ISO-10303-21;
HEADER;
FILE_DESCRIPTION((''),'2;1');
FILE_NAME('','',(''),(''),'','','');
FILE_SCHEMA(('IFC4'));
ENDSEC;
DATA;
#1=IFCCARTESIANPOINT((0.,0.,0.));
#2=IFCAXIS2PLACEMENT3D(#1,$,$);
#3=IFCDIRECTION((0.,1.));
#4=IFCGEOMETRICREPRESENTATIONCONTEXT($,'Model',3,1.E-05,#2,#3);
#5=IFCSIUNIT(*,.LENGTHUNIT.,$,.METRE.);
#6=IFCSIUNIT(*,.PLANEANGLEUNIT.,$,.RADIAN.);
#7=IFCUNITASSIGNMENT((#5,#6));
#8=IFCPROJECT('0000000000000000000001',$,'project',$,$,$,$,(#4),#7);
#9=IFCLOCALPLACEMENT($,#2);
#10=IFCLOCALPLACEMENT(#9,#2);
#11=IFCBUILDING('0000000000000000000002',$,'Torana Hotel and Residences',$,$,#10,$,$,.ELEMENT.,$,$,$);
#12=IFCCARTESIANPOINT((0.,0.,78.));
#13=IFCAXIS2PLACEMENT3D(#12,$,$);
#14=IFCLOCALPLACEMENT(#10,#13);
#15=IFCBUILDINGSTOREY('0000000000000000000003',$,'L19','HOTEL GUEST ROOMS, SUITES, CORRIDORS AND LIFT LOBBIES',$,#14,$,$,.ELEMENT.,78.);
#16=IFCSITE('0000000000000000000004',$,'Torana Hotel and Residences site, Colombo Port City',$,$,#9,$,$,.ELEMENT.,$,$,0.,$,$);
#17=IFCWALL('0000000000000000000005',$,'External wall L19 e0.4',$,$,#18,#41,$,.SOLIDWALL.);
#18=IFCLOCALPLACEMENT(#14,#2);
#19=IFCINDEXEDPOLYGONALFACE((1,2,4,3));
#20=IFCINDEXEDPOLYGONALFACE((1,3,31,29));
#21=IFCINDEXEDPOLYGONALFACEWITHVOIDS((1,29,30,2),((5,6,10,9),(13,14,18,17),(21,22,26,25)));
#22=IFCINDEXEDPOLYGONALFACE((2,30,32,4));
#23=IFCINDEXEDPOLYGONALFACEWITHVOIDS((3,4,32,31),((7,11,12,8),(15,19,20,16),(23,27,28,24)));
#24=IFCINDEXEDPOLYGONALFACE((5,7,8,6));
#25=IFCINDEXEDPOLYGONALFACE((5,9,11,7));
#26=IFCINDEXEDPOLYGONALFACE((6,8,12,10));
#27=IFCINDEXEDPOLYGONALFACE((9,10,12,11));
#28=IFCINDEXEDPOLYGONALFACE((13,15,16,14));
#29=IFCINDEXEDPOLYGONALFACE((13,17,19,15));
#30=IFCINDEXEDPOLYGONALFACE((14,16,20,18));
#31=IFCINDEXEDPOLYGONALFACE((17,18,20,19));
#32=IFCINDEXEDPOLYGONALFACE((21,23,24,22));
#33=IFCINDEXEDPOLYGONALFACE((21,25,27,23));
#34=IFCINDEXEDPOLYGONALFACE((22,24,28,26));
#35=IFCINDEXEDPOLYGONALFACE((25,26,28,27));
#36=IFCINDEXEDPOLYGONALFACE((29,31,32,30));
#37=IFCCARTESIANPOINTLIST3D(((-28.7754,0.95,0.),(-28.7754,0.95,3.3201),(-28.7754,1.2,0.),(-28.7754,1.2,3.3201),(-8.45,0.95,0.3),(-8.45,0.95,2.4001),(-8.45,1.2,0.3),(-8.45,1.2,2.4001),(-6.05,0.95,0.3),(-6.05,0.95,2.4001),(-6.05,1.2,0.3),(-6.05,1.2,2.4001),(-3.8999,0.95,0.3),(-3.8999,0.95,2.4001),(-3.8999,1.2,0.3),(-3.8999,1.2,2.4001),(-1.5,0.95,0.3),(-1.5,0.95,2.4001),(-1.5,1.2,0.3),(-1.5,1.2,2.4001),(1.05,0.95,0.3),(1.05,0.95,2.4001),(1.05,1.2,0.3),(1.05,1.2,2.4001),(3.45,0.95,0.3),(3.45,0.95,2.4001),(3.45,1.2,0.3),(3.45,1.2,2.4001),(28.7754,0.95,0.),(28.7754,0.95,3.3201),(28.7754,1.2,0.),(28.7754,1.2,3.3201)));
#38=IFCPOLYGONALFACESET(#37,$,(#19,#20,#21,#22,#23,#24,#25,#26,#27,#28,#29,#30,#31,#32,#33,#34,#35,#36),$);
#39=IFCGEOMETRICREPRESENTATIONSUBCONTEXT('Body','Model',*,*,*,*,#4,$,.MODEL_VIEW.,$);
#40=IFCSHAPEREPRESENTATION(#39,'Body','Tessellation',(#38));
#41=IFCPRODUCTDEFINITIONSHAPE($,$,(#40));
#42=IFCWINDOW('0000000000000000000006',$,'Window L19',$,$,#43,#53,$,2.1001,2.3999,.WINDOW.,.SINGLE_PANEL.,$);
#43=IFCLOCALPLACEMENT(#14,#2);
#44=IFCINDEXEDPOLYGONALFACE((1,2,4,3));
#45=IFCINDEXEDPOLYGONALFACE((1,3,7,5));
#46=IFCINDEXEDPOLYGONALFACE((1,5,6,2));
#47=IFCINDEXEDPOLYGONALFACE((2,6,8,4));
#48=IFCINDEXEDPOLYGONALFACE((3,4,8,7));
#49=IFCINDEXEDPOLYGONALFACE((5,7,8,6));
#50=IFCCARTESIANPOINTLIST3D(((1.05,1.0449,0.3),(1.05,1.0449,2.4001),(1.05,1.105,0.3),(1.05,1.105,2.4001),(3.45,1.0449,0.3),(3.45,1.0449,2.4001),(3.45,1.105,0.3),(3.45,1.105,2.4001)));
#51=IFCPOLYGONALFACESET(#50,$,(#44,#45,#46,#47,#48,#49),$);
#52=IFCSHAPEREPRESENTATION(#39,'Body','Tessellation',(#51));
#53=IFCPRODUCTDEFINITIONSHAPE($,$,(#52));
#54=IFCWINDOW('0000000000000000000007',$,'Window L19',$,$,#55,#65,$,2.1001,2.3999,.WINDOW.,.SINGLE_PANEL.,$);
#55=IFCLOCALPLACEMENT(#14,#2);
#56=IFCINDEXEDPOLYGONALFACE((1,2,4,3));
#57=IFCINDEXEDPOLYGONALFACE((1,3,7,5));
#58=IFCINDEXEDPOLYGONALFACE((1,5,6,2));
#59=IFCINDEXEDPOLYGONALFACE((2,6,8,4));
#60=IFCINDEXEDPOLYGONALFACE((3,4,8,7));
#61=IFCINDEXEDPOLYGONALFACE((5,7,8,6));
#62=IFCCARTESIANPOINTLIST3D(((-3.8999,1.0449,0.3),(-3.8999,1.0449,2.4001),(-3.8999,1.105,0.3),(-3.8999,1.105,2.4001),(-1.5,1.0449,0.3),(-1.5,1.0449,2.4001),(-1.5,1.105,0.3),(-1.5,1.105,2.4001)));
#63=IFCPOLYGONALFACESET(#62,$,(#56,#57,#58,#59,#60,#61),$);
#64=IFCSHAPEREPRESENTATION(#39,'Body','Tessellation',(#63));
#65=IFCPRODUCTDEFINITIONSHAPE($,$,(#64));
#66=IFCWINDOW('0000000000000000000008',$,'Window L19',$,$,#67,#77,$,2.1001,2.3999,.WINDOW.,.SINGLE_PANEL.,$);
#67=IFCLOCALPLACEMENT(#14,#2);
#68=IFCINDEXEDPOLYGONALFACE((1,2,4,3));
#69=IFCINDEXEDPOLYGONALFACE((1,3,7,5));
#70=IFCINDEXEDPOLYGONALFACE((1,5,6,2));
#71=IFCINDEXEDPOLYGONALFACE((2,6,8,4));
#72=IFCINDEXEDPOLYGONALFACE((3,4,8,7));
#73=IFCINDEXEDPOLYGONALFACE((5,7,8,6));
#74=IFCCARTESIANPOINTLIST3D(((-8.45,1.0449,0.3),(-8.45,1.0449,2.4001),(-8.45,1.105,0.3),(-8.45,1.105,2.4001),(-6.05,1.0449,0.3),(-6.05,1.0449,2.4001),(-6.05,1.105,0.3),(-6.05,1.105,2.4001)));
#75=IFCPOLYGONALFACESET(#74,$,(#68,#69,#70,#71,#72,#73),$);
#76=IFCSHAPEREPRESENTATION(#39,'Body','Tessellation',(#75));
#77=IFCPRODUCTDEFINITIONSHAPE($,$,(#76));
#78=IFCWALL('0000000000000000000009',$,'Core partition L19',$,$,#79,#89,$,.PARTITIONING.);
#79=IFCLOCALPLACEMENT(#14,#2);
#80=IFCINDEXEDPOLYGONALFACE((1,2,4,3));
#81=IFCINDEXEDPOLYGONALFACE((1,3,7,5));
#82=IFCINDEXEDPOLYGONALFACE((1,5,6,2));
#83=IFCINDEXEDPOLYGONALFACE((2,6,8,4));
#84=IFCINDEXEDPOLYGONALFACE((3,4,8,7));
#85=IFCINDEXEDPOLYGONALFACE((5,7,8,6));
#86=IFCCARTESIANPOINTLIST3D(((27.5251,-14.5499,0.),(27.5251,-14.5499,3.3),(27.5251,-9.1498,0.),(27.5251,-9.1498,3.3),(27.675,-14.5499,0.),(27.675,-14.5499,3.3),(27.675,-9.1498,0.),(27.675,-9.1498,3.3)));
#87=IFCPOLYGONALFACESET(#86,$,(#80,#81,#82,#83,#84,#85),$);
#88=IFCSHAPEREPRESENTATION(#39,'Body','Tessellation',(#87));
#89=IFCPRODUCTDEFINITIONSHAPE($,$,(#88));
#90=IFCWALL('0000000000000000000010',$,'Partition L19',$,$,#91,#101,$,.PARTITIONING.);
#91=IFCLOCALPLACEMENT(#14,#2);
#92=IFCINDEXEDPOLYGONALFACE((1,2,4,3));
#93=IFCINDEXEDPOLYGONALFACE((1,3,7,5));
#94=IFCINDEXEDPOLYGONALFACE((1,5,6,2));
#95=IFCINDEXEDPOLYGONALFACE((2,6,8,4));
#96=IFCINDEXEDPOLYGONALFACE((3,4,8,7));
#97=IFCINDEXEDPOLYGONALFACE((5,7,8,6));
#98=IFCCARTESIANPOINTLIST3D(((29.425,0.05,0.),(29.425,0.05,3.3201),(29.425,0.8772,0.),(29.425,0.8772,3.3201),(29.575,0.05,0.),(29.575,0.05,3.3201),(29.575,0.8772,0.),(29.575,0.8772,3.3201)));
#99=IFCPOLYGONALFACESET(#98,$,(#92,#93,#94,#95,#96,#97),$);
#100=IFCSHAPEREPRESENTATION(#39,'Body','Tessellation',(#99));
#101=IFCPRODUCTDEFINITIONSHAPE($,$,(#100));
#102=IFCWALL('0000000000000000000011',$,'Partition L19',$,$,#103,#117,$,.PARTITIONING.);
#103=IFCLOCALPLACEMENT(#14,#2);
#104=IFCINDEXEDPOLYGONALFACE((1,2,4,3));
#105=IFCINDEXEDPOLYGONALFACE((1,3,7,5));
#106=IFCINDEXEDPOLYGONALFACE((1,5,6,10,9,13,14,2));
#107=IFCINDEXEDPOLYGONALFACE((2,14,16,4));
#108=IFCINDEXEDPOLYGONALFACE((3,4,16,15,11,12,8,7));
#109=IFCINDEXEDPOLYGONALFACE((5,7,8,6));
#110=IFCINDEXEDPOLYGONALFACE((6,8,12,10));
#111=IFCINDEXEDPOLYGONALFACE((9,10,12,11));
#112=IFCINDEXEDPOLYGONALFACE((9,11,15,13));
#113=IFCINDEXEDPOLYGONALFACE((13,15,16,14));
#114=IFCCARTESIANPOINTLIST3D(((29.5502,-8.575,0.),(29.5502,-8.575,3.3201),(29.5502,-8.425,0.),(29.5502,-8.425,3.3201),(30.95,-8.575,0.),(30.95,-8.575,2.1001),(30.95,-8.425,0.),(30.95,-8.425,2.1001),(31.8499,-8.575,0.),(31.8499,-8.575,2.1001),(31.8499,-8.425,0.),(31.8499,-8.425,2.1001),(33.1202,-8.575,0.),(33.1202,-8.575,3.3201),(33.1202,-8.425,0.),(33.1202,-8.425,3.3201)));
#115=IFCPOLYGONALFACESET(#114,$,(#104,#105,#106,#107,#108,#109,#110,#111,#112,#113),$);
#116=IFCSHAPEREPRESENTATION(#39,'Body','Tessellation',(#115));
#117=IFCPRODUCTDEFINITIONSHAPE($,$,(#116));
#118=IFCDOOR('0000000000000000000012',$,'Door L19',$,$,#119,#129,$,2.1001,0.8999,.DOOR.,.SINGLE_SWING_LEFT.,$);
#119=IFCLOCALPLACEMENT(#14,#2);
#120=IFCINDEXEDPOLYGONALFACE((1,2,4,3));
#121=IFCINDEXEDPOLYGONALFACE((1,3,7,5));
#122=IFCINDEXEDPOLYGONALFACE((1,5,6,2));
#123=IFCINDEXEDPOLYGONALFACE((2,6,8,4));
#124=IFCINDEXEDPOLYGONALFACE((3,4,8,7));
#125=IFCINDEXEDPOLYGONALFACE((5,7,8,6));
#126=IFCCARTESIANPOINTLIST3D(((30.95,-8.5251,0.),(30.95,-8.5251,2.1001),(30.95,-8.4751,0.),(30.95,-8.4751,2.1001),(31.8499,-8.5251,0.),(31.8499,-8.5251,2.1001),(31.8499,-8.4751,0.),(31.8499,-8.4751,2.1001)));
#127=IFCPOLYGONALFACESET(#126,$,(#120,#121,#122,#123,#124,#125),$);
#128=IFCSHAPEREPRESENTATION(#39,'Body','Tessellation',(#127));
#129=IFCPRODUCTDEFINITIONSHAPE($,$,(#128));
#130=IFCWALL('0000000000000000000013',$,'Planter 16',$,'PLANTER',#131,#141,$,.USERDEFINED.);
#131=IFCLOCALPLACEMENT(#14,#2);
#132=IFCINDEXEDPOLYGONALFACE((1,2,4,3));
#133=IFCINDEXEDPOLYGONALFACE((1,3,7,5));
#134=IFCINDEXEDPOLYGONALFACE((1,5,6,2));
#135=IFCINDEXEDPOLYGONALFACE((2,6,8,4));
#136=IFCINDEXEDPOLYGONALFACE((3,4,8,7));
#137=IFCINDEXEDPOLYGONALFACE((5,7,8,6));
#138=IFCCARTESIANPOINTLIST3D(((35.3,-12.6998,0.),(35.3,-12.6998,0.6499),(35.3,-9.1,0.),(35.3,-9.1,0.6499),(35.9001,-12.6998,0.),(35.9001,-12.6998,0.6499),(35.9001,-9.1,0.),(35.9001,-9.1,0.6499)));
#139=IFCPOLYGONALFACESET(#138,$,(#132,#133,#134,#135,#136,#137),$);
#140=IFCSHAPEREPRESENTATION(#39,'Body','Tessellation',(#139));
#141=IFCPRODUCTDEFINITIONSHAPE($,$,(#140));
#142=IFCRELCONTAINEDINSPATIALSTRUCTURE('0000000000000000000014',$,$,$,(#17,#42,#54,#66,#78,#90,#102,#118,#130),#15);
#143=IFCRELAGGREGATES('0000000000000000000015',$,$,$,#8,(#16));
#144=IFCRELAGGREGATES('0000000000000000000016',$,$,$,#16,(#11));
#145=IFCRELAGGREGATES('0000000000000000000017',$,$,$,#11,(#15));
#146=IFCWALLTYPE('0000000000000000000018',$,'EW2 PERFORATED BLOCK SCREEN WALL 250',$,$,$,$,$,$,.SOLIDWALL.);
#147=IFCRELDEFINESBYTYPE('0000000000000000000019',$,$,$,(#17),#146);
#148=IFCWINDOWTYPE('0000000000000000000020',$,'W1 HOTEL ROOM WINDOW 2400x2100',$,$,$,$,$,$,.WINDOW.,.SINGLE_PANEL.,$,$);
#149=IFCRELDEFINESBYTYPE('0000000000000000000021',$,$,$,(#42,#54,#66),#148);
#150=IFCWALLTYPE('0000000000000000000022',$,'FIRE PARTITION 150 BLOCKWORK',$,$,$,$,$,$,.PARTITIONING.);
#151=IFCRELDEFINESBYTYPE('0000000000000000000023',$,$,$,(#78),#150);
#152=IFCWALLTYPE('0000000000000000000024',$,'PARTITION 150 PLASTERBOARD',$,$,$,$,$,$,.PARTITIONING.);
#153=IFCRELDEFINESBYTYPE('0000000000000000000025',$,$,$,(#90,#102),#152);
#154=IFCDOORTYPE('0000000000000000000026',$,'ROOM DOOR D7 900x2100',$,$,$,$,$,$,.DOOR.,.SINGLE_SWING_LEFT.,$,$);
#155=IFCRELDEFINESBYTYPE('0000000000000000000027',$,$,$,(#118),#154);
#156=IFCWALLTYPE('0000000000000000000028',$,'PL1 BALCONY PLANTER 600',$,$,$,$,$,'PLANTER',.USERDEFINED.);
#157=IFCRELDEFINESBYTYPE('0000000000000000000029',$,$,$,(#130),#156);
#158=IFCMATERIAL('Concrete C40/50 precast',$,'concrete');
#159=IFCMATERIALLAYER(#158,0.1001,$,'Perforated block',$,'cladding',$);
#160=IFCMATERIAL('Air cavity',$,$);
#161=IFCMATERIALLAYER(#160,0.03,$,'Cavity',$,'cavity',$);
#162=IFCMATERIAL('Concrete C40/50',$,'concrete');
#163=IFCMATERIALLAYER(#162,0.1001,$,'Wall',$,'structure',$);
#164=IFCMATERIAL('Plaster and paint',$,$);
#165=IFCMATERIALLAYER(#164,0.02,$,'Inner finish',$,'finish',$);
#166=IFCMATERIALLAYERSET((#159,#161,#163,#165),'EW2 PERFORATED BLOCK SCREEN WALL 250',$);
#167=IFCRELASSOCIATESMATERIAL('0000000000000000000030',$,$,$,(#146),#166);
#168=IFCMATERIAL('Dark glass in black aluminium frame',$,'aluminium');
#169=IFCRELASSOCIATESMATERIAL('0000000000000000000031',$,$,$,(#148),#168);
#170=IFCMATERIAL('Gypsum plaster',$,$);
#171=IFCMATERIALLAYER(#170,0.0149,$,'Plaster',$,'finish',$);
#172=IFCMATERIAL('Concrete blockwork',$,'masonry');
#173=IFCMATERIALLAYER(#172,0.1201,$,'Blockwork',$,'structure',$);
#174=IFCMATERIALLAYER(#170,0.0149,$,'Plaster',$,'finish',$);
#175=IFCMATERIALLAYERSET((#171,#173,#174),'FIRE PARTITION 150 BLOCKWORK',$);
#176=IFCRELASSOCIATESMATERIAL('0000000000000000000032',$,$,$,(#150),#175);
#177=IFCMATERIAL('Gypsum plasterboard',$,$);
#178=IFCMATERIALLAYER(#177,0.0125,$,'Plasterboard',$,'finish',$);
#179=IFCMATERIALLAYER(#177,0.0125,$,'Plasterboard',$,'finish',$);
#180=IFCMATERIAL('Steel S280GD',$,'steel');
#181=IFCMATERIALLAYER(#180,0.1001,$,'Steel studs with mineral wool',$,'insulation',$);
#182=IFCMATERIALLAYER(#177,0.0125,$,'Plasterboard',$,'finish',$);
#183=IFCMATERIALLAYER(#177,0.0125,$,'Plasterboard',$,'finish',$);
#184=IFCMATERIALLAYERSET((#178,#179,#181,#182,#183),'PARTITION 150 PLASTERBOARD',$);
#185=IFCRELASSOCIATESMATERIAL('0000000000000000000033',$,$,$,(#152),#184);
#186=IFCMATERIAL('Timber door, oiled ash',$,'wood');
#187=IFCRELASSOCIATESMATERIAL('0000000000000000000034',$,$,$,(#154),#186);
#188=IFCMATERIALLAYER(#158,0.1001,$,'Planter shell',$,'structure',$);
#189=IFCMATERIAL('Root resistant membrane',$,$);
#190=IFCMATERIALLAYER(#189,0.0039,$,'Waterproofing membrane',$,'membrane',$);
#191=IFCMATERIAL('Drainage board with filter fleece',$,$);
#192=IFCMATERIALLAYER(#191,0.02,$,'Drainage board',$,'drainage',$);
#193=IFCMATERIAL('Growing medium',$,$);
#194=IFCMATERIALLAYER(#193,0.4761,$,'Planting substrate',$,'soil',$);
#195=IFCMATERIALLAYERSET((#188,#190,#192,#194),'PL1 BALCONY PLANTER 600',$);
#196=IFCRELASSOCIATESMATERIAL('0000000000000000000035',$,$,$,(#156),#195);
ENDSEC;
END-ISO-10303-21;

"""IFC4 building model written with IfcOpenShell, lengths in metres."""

from ifc_helpers import new_model, si_unit, direction, frame, frame_2d, origin, place, context, subcontext, project, spatial, rectangle, extrude, material, layer, layer_set, type_object, element, fill, save


model = new_model("IFC4")

# Units and contexts
model_context = context("Model", 3, precision=1e-05, world=origin(), true_north=direction((0.0, 1.0)))
body_context = subcontext(model_context, "Body", "Model", "MODEL_VIEW")
ifc_project = project(units=[si_unit("LENGTHUNIT", "METRE"), si_unit("PLANEANGLEUNIT", "RADIAN")], contexts=[model_context])

# Site, building, storey
site_placement = place(None, origin())
site = spatial("IfcSite", under=ifc_project, at=site_placement, Name="Torana Hotel and Residences site, Colombo Port City", CompositionType="ELEMENT", RefElevation=0.0)
building_placement = place(site_placement, origin())
building = spatial("IfcBuilding", under=site, at=building_placement, Name="Torana Hotel and Residences", CompositionType="ELEMENT")
storey_placement = place(building_placement, frame((0.0, 0.0, 78.0)))
storey = spatial("IfcBuildingStorey", under=building, at=storey_placement, Name="L19", Description="HOTEL GUEST ROOMS, SUITES, CORRIDORS AND LIFT LOBBIES", CompositionType="ELEMENT", Elevation=78.0)

# Shared definitions
ifc_material_1 = material(Name="Steel S280GD", Category="steel")

# Wall, openings, windows
ifc_material_2 = material(Name="Concrete C40/50 precast", Category="concrete")
ifc_layer_1 = layer(ifc_material_2, 0.1001, Name="Perforated block", Category="cladding")
ifc_material_3 = material(Name="Air cavity")
ifc_layer_2 = layer(ifc_material_3, 0.03, Name="Cavity", Category="cavity")
ifc_material_4 = material(Name="Concrete C40/50", Category="concrete")
ifc_layer_3 = layer(ifc_material_4, 0.1001, Name="Wall", Category="structure")
ifc_material_5 = material(Name="Plaster and paint")
ifc_layer_4 = layer(ifc_material_5, 0.02, Name="Inner finish", Category="finish")
ifc_layer_set_1 = layer_set([ifc_layer_1, ifc_layer_2, ifc_layer_3, ifc_layer_4], Name="EW2 PERFORATED BLOCK SCREEN WALL 250")
wall_type_1 = type_object("IfcWallType", Name="EW2 PERFORATED BLOCK SCREEN WALL 250", PredefinedType="SOLIDWALL", material=ifc_layer_set_1)
wall_1_placement = place(storey_placement, frame((28.7754, 1.075, 0.0), z_axis=(0.0, 0.0, 1.0), x_axis=(-1.0, 0.0, 0.0)))
wall_1 = element("IfcWall", 1, at=wall_1_placement, inside=storey, type_object=wall_type_1, Name="External wall L19 e0.4", PredefinedType="SOLIDWALL", context=body_context, shape_type="SweptSolid", body=[
    extrude(rectangle(XDim=57.5508, YDim=0.25, at=frame_2d((28.7754, 0.0))), origin(), (0.0, 0.0, 1.0), 3.3201),
])
opening_1_placement = place(wall_1_placement, frame((25.3254, 0.0, 0.3)))
opening_1 = element("IfcOpeningElement", 2, at=opening_1_placement, cuts=wall_1, PredefinedType="OPENING", context=body_context, shape_type="SweptSolid", body=[
    extrude(rectangle(XDim=2.3999, YDim=2.1001, at=frame_2d((1.2, 1.05))), frame((0.0, 0.135, 0.0), z_axis=(0.0, -1.0, 0.0), x_axis=(1.0, 0.0, 0.0)), (0.0, 0.0, 1.0), 0.27),
])
opening_2_placement = place(wall_1_placement, frame((30.2754, 0.0, 0.3)))
opening_2 = element("IfcOpeningElement", 3, at=opening_2_placement, cuts=wall_1, PredefinedType="OPENING", context=body_context, shape_type="SweptSolid", body=[
    extrude(rectangle(XDim=2.3999, YDim=2.1001, at=frame_2d((1.2, 1.05))), frame((0.0, 0.135, 0.0), z_axis=(0.0, -1.0, 0.0), x_axis=(1.0, 0.0, 0.0)), (0.0, 0.0, 1.0), 0.27),
])
opening_3_placement = place(wall_1_placement, frame((34.8254, 0.0, 0.3)))
opening_3 = element("IfcOpeningElement", 4, at=opening_3_placement, cuts=wall_1, PredefinedType="OPENING", context=body_context, shape_type="SweptSolid", body=[
    extrude(rectangle(XDim=2.3999, YDim=2.1001, at=frame_2d((1.2, 1.05))), frame((0.0, 0.135, 0.0), z_axis=(0.0, -1.0, 0.0), x_axis=(1.0, 0.0, 0.0)), (0.0, 0.0, 1.0), 0.27),
])
ifc_material_6 = material(Name="Dark glass in black aluminium frame", Category="aluminium")
window_type = type_object("IfcWindowType", Name="W1 HOTEL ROOM WINDOW 2400x2100", PartitioningType="SINGLE_PANEL", PredefinedType="WINDOW", material=ifc_material_6)
window_1_placement = place(opening_1_placement, origin())
window_1 = element("IfcWindow", 5, at=window_1_placement, inside=storey, type_object=window_type, Name="Window L19", OverallHeight=2.1001, OverallWidth=2.3999, PartitioningType="SINGLE_PANEL", PredefinedType="WINDOW", context=body_context, shape_type="SweptSolid", body=[
    extrude(rectangle(XDim=2.3999, YDim=2.1001, at=frame_2d((1.2, 1.05))), frame((0.0, 0.03, 0.0), z_axis=(0.0, -1.0, 0.0), x_axis=(1.0, 0.0, 0.0)), (0.0, 0.0, 1.0), 0.0601),
])
fill(opening_1, window_1)
window_2_placement = place(opening_2_placement, origin())
window_2 = element("IfcWindow", 6, at=window_2_placement, inside=storey, type_object=window_type, Name="Window L19", OverallHeight=2.1001, OverallWidth=2.3999, PartitioningType="SINGLE_PANEL", PredefinedType="WINDOW", context=body_context, shape_type="SweptSolid", body=[
    extrude(rectangle(XDim=2.3999, YDim=2.1001, at=frame_2d((1.2, 1.05))), frame((0.0, 0.03, 0.0), z_axis=(0.0, -1.0, 0.0), x_axis=(1.0, 0.0, 0.0)), (0.0, 0.0, 1.0), 0.0601),
])
fill(opening_2, window_2)
window_3_placement = place(opening_3_placement, origin())
window_3 = element("IfcWindow", 7, at=window_3_placement, inside=storey, type_object=window_type, Name="Window L19", OverallHeight=2.1001, OverallWidth=2.3999, PartitioningType="SINGLE_PANEL", PredefinedType="WINDOW", context=body_context, shape_type="SweptSolid", body=[
    extrude(rectangle(XDim=2.3999, YDim=2.1001, at=frame_2d((1.2, 1.05))), frame((0.0, 0.03, 0.0), z_axis=(0.0, -1.0, 0.0), x_axis=(1.0, 0.0, 0.0)), (0.0, 0.0, 1.0), 0.0601),
])
fill(opening_3, window_3)

# Walls
ifc_material_7 = material(Name="Gypsum plaster")
ifc_layer_5 = layer(ifc_material_7, 0.0149, Name="Plaster", Category="finish")
ifc_material_8 = material(Name="Concrete blockwork", Category="masonry")
ifc_layer_6 = layer(ifc_material_8, 0.1201, Name="Blockwork", Category="structure")
ifc_layer_7 = layer(ifc_material_7, 0.0149, Name="Plaster", Category="finish")
ifc_layer_set_2 = layer_set([ifc_layer_5, ifc_layer_6, ifc_layer_7], Name="FIRE PARTITION 150 BLOCKWORK")
wall_type_2 = type_object("IfcWallType", Name="FIRE PARTITION 150 BLOCKWORK", PredefinedType="PARTITIONING", material=ifc_layer_set_2)
wall_2_placement = place(storey_placement, frame((27.6001, -14.55, 0.0), z_axis=(0.0, 0.0, 1.0), x_axis=(0.0, 1.0, 0.0)))
element("IfcWall", 8, at=wall_2_placement, inside=storey, type_object=wall_type_2, Name="Core partition L19", PredefinedType="PARTITIONING", context=body_context, shape_type="SweptSolid", body=[
    extrude(rectangle(XDim=5.4001, YDim=0.1499, at=frame_2d((2.7002, 0.0))), origin(), (0.0, 0.0, 1.0), 3.3),
])
ifc_material_9 = material(Name="Gypsum plasterboard")
ifc_layer_8 = layer(ifc_material_9, 0.0125, Name="Plasterboard", Category="finish")
ifc_layer_9 = layer(ifc_material_9, 0.0125, Name="Plasterboard", Category="finish")
ifc_layer_10 = layer(ifc_material_1, 0.1001, Name="Steel studs with mineral wool", Category="insulation")
ifc_layer_11 = layer(ifc_material_9, 0.0125, Name="Plasterboard", Category="finish")
ifc_layer_12 = layer(ifc_material_9, 0.0125, Name="Plasterboard", Category="finish")
ifc_layer_set_3 = layer_set([ifc_layer_8, ifc_layer_9, ifc_layer_10, ifc_layer_11, ifc_layer_12], Name="PARTITION 150 PLASTERBOARD")
wall_type_3 = type_object("IfcWallType", Name="PARTITION 150 PLASTERBOARD", PredefinedType="PARTITIONING", material=ifc_layer_set_3)
wall_3_placement = place(storey_placement, frame((29.5, 0.05, 0.0), z_axis=(0.0, 0.0, 1.0), x_axis=(0.0, 1.0, 0.0)))
element("IfcWall", 9, at=wall_3_placement, inside=storey, type_object=wall_type_3, Name="Partition L19", PredefinedType="PARTITIONING", context=body_context, shape_type="SweptSolid", body=[
    extrude(rectangle(XDim=0.8271, YDim=0.1499, at=frame_2d((0.4136, 0.0))), origin(), (0.0, 0.0, 1.0), 3.3201),
])

# Wall, opening, door
wall_4_placement = place(storey_placement, frame((29.55, -8.5, 0.0), z_axis=(0.0, 0.0, 1.0), x_axis=(1.0, 0.0, 0.0)))
wall_4 = element("IfcWall", 10, at=wall_4_placement, inside=storey, type_object=wall_type_3, Name="Partition L19", PredefinedType="PARTITIONING", context=body_context, shape_type="SweptSolid", body=[
    extrude(rectangle(XDim=3.5701, YDim=0.1499, at=frame_2d((1.7852, 0.0))), origin(), (0.0, 0.0, 1.0), 3.3201),
])
opening_4_placement = place(wall_4_placement, frame((1.3999, 0.0, 0.0)))
opening_4 = element("IfcOpeningElement", 11, at=opening_4_placement, cuts=wall_4, PredefinedType="OPENING", context=body_context, shape_type="SweptSolid", body=[
    extrude(rectangle(XDim=0.8999, YDim=2.1001, at=frame_2d((0.45, 1.05))), frame((0.0, 0.085, 0.0), z_axis=(0.0, -1.0, 0.0), x_axis=(1.0, 0.0, 0.0)), (0.0, 0.0, 1.0), 0.1699),
])
ifc_material_10 = material(Name="Timber door, oiled ash", Category="wood")
door_type = type_object("IfcDoorType", Name="ROOM DOOR D7 900x2100", OperationType="SINGLE_SWING_LEFT", PredefinedType="DOOR", material=ifc_material_10)
door_placement = place(opening_4_placement, origin())
door = element("IfcDoor", 12, at=door_placement, inside=storey, type_object=door_type, Name="Door L19", OperationType="SINGLE_SWING_LEFT", OverallHeight=2.1001, OverallWidth=0.8999, PredefinedType="DOOR", context=body_context, shape_type="SweptSolid", body=[
    extrude(rectangle(XDim=0.8999, YDim=2.1001, at=frame_2d((0.45, 1.05))), frame((0.0, 0.0249, 0.0), z_axis=(0.0, -1.0, 0.0), x_axis=(1.0, 0.0, 0.0)), (0.0, 0.0, 1.0), 0.05),
])
fill(opening_4, door)

# Wall
ifc_layer_13 = layer(ifc_material_2, 0.1001, Name="Planter shell", Category="structure")
ifc_material_11 = material(Name="Root resistant membrane")
ifc_layer_14 = layer(ifc_material_11, 0.0039, Name="Waterproofing membrane", Category="membrane")
ifc_material_12 = material(Name="Drainage board with filter fleece")
ifc_layer_15 = layer(ifc_material_12, 0.02, Name="Drainage board", Category="drainage")
ifc_material_13 = material(Name="Growing medium")
ifc_layer_16 = layer(ifc_material_13, 0.4761, Name="Planting substrate", Category="soil")
ifc_layer_set_4 = layer_set([ifc_layer_13, ifc_layer_14, ifc_layer_15, ifc_layer_16], Name="PL1 BALCONY PLANTER 600")
wall_type_4 = type_object("IfcWallType", Name="PL1 BALCONY PLANTER 600", ElementType="PLANTER", PredefinedType="USERDEFINED", material=ifc_layer_set_4)
wall_5_placement = place(storey_placement, frame((35.6001, -9.1001, 0.0), z_axis=(0.0, 0.0, 1.0), x_axis=(0.0, -1.0, 0.0)))
element("IfcWall", 13, at=wall_5_placement, inside=storey, type_object=wall_type_4, Name="Planter 16", ObjectType="PLANTER", PredefinedType="USERDEFINED", context=body_context, shape_type="SweptSolid", body=[
    extrude(rectangle(XDim=3.5999, YDim=0.6001, at=frame_2d((1.7998, 0.0))), origin(), (0.0, 0.0, 1.0), 0.6499),
])

save(model, "model.ifc")
